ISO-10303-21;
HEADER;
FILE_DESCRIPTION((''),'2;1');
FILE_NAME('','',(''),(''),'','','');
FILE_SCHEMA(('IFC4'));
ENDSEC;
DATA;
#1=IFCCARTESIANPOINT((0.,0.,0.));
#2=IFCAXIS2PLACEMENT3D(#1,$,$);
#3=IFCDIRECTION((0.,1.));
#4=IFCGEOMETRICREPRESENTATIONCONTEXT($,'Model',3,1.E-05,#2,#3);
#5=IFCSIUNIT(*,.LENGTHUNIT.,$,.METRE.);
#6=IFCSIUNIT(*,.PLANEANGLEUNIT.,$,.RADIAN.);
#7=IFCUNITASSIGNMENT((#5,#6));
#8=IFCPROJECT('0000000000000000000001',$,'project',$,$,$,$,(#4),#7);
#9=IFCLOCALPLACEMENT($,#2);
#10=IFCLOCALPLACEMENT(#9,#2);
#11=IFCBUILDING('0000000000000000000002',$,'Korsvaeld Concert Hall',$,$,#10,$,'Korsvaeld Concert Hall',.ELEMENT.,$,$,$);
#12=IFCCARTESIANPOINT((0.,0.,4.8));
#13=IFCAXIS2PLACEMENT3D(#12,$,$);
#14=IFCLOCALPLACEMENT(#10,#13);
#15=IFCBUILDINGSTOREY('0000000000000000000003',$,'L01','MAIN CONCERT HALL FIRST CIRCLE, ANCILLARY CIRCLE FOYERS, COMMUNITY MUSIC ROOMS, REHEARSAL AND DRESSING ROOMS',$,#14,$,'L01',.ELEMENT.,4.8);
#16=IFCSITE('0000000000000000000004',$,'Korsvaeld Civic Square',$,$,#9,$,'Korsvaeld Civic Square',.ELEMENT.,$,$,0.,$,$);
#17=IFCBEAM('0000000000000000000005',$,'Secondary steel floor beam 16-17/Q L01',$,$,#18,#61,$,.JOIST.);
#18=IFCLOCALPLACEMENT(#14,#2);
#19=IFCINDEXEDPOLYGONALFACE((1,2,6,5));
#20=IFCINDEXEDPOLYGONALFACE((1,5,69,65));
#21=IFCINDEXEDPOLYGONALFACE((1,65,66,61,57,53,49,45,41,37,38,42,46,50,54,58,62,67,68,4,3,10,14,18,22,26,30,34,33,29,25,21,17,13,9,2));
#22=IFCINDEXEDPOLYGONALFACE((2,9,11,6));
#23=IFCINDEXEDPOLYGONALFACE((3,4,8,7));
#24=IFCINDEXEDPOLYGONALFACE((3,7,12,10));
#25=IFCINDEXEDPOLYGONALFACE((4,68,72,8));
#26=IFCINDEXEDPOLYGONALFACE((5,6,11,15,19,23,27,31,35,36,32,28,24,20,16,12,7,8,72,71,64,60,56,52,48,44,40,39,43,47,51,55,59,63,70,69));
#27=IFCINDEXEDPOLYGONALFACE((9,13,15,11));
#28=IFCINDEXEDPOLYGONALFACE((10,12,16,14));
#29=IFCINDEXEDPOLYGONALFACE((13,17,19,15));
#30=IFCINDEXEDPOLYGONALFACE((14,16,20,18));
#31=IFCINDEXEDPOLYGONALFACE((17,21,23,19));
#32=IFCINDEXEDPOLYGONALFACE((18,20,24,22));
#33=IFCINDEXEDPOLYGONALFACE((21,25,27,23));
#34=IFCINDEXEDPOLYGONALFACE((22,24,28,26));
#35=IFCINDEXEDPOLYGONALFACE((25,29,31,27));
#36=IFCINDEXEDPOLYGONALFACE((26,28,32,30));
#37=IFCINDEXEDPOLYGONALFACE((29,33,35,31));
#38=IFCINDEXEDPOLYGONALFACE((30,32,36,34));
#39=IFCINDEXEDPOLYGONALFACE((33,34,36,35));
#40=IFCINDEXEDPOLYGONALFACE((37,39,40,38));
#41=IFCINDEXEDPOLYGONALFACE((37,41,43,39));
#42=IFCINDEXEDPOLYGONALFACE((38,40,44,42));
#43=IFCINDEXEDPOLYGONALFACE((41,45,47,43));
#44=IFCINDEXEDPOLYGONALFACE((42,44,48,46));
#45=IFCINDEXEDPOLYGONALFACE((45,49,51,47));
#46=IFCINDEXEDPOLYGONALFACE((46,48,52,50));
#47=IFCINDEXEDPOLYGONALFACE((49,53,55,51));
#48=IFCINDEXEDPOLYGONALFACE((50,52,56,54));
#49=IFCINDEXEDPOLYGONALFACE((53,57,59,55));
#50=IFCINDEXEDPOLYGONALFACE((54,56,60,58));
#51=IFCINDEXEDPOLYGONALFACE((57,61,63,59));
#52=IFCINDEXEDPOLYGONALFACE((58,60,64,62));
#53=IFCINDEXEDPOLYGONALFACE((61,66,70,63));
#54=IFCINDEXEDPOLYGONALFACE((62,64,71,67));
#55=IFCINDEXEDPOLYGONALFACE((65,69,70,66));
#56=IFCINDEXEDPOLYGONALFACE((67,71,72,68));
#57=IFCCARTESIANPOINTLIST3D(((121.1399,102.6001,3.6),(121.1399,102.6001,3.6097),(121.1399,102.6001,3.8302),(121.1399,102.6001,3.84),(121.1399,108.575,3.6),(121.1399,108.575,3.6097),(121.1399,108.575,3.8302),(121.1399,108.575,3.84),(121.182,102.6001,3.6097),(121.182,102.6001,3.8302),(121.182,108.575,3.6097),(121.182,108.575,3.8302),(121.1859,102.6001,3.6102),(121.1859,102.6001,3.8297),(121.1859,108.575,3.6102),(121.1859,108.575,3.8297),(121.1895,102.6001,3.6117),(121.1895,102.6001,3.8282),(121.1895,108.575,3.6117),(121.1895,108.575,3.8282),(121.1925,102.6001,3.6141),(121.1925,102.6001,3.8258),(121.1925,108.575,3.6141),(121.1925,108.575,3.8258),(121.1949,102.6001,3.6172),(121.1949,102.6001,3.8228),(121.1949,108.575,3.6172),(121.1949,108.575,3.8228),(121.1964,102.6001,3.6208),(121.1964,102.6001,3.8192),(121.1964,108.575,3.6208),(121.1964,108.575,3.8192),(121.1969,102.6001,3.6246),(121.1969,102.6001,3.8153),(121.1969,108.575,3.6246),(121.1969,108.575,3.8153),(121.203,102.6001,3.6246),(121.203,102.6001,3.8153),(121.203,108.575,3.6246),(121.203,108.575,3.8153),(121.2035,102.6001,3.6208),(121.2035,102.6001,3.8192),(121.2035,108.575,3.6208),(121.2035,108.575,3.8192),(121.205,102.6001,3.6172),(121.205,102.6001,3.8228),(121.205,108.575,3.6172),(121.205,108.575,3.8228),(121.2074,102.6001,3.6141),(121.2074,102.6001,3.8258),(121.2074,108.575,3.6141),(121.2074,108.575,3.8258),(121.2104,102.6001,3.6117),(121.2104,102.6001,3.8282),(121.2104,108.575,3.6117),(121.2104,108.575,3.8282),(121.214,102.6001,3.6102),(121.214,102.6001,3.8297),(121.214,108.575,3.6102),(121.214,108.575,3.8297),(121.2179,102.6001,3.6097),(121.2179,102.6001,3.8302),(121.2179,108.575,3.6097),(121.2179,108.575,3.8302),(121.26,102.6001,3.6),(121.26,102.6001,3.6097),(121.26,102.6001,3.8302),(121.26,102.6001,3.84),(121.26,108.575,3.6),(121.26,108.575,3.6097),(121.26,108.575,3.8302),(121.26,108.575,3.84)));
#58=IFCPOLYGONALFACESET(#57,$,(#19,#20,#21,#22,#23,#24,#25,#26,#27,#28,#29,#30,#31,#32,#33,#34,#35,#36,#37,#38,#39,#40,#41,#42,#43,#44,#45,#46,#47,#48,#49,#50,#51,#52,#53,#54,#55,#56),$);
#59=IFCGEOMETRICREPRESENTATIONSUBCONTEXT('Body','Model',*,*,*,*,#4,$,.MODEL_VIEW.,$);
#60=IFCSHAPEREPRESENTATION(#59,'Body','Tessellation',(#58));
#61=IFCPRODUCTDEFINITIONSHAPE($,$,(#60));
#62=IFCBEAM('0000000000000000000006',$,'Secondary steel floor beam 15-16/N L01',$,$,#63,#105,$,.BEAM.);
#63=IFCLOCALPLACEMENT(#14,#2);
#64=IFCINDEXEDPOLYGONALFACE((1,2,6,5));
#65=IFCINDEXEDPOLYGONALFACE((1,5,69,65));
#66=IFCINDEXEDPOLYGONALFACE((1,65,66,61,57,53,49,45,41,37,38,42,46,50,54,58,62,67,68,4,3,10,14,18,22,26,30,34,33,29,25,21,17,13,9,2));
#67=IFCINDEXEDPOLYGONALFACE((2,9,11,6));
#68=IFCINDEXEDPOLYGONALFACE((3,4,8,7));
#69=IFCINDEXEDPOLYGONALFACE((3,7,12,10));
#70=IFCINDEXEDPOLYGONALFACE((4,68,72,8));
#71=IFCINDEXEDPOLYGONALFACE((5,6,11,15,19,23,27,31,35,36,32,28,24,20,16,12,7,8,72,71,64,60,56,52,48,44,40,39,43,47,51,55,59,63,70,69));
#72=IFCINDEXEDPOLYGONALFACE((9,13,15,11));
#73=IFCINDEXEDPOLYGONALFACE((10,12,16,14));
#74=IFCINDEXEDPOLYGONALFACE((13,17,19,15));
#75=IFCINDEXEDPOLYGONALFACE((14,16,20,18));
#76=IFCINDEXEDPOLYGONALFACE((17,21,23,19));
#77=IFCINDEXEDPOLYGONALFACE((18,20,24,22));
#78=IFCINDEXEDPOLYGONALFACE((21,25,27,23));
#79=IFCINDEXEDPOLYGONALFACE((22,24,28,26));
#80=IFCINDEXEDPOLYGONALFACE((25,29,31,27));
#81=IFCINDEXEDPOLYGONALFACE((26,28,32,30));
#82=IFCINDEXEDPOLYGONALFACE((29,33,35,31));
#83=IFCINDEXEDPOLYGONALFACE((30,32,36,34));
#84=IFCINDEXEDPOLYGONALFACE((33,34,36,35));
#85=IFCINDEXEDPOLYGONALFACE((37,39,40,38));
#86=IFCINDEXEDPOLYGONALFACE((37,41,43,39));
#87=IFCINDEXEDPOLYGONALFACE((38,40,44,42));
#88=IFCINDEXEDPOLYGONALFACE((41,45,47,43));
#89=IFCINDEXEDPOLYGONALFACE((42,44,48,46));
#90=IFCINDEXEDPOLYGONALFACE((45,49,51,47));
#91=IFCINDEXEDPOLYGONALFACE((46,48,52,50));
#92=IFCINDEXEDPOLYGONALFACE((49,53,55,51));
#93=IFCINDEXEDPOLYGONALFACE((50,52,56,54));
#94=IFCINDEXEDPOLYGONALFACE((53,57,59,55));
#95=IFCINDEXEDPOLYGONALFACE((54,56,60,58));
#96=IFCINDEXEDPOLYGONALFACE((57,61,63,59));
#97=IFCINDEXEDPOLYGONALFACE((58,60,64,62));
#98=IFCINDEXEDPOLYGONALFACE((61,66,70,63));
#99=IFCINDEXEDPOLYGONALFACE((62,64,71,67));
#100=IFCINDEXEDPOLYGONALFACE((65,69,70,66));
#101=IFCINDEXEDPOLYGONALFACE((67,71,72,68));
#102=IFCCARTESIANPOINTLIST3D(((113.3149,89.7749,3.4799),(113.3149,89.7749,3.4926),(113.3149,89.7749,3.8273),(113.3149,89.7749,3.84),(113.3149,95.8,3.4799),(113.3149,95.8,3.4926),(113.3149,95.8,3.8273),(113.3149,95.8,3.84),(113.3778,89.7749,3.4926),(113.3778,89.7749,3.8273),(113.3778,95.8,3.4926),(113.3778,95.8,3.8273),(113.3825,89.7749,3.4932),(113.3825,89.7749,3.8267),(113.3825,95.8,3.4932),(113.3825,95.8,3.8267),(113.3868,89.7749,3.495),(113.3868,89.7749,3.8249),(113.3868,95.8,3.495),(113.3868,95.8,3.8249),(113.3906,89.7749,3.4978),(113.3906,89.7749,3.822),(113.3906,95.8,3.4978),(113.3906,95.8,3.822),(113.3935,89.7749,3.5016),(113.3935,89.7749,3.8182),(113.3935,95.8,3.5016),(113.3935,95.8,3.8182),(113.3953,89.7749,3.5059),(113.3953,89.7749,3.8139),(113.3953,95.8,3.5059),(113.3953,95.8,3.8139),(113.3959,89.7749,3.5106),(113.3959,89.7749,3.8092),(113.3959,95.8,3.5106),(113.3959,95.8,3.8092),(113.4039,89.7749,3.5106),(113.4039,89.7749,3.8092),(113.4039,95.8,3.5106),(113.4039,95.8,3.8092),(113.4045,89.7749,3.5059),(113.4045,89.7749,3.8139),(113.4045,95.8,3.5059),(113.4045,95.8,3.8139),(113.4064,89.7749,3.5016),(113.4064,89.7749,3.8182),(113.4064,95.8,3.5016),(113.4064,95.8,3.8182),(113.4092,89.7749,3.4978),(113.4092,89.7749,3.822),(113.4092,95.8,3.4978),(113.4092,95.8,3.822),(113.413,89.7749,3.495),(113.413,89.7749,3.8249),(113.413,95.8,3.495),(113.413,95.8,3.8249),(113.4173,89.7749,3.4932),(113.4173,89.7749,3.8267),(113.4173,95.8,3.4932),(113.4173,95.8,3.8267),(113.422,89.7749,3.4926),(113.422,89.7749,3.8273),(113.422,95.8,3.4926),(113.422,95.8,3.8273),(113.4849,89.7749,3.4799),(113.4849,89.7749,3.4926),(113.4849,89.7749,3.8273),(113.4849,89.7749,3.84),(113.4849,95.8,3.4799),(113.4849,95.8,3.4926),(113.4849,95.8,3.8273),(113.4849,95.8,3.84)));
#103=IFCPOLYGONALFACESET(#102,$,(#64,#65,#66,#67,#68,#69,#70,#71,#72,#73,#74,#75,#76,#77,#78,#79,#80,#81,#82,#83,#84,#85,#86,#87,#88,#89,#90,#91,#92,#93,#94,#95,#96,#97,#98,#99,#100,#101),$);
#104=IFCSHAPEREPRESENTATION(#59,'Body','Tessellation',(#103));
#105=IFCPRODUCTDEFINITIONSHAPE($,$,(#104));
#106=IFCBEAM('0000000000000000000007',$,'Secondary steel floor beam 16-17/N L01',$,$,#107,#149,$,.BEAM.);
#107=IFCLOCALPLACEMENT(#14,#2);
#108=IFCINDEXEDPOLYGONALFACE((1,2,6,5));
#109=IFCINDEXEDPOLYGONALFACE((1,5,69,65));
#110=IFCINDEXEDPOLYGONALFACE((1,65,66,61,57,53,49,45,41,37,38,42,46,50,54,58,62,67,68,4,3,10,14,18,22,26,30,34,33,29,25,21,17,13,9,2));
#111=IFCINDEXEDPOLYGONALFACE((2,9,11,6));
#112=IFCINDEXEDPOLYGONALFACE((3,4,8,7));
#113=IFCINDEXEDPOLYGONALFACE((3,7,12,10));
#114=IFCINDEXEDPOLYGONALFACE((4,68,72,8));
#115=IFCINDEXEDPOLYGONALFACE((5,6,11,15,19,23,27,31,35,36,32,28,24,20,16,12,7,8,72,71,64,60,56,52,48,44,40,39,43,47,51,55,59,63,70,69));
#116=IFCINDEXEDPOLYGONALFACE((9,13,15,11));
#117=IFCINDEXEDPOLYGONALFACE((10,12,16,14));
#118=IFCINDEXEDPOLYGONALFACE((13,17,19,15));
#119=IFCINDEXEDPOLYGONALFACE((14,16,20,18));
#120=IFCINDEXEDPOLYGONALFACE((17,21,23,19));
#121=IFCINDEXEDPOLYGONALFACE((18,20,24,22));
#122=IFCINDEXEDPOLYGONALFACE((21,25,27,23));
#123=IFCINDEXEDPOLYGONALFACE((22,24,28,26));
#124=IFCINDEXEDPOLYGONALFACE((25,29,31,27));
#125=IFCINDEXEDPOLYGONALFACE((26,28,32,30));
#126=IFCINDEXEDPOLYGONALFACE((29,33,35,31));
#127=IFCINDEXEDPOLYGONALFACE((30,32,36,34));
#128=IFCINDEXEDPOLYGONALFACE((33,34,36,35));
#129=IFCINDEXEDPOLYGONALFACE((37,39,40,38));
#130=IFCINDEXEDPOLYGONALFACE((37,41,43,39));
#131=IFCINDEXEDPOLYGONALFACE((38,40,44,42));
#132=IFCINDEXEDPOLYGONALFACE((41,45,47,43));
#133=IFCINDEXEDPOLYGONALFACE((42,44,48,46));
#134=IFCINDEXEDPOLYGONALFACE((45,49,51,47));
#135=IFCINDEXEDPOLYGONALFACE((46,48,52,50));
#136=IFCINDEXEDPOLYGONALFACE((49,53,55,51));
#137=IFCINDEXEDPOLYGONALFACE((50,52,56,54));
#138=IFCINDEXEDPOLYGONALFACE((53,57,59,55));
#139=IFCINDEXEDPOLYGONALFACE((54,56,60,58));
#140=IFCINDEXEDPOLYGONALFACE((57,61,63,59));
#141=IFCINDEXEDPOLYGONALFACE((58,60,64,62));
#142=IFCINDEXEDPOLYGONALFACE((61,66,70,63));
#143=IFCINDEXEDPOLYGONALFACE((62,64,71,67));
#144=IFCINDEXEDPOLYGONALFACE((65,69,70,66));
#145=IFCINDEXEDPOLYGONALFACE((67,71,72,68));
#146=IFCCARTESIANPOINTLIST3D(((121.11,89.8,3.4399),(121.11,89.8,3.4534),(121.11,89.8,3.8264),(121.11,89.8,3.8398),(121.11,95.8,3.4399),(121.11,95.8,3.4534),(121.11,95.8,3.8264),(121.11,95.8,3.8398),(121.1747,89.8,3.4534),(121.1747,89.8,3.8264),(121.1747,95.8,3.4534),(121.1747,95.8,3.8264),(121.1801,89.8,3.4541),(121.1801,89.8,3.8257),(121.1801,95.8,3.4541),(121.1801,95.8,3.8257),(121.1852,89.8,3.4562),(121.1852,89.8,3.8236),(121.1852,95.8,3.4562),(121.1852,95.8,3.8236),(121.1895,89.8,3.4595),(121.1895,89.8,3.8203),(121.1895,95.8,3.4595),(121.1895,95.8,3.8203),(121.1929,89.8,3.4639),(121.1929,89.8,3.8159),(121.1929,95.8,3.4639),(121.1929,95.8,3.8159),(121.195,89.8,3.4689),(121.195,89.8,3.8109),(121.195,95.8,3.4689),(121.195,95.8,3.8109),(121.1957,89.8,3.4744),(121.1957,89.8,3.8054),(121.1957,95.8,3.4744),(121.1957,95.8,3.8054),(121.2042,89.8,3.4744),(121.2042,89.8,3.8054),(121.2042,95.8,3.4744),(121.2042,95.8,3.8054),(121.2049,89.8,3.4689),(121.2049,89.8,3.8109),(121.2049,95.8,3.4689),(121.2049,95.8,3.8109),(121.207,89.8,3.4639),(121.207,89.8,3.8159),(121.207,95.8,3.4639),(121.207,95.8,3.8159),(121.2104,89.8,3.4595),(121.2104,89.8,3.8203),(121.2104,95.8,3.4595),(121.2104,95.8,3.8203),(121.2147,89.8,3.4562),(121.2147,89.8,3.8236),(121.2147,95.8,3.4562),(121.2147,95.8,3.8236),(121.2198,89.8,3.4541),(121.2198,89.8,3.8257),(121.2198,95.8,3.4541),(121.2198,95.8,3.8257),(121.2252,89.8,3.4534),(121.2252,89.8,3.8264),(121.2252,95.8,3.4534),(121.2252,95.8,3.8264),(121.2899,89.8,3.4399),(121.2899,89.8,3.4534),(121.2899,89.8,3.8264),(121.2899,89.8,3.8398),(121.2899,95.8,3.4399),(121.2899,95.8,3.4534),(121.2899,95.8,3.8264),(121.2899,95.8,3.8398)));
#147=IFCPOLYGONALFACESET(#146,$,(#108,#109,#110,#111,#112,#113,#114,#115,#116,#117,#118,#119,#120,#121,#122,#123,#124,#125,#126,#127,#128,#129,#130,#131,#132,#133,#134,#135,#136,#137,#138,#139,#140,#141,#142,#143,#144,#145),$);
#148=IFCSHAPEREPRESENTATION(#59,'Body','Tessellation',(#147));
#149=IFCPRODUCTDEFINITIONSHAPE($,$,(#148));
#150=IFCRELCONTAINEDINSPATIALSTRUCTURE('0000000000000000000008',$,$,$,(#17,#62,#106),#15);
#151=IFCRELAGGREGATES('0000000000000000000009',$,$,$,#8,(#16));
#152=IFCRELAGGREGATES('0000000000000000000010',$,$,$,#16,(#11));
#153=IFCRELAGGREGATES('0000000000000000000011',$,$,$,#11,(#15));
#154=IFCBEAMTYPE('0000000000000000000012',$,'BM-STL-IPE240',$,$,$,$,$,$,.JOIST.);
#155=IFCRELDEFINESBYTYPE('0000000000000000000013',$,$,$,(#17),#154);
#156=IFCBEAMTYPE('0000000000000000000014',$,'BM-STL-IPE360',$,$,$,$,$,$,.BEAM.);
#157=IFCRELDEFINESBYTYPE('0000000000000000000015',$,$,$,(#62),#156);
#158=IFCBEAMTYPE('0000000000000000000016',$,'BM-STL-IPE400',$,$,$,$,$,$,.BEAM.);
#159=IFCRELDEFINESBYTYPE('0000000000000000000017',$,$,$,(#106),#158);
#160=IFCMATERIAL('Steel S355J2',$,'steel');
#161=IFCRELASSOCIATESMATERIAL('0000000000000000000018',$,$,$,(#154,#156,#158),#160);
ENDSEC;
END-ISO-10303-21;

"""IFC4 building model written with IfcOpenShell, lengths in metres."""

from ifc_helpers import new_model, si_unit, direction, frame, origin, origin_2d, place, context, subcontext, project, spatial, i_section, extrude, material, material_profile, profile_set, type_object, element, save


model = new_model("IFC4")

# Units and contexts
model_context = context("Model", 3, precision=1e-05, world=origin(), true_north=direction((0.0, 1.0)))
body_context = subcontext(model_context, "Body", "Model", "MODEL_VIEW")
ifc_project = project(units=[si_unit("LENGTHUNIT", "METRE"), si_unit("PLANEANGLEUNIT", "RADIAN")], contexts=[model_context])

# Site, building, storey
site_placement = place(None, origin())
site = spatial("IfcSite", under=ifc_project, at=site_placement, Name="Korsvaeld Civic Square", LongName="Korsvaeld Civic Square", CompositionType="ELEMENT", RefElevation=0.0)
building_placement = place(site_placement, origin())
building = spatial("IfcBuilding", under=site, at=building_placement, Name="Korsvaeld Concert Hall", LongName="Korsvaeld Concert Hall", CompositionType="ELEMENT")
storey_placement = place(building_placement, frame((0.0, 0.0, 4.8)))
storey = spatial("IfcBuildingStorey", under=building, at=storey_placement, Name="L01", Description="MAIN CONCERT HALL FIRST CIRCLE, ANCILLARY CIRCLE FOYERS, COMMUNITY MUSIC ROOMS, REHEARSAL AND DRESSING ROOMS", LongName="L01", CompositionType="ELEMENT", Elevation=4.8)

# Beams
ifc_material_1 = material(Name="Steel S355J2", Category="steel")
ifc_material_profile_1 = material_profile(ifc_material_1, i_section(OverallWidth=0.1201, OverallDepth=0.24, WebThickness=0.0061, FlangeThickness=0.0098, FilletRadius=0.0149, at=origin_2d()), Name="IPE 240")
ifc_profile_set_1 = profile_set([ifc_material_profile_1], Name="Steel S355J2")
beam_type_1 = type_object("IfcBeamType", Name="BM-STL-IPE240", PredefinedType="JOIST", material=ifc_profile_set_1)
beam_1_placement = place(storey_placement, frame((121.2, 102.6001, 3.72), z_axis=(0.0, 1.0, 0.0), x_axis=(-1.0, 0.0, 0.0)))
element("IfcBeam", 1, at=beam_1_placement, inside=storey, type_object=beam_type_1, Name="Secondary steel floor beam 16-17/Q L01", PredefinedType="JOIST", context=body_context, shape_type="SweptSolid", body=[
    extrude(i_section(OverallWidth=0.1201, OverallDepth=0.24, WebThickness=0.0061, FlangeThickness=0.0098, FilletRadius=0.0149, at=origin_2d()), origin(), (0.0, 0.0, 1.0), 5.9749),
])
ifc_material_profile_2 = material_profile(ifc_material_1, i_section(OverallWidth=0.1699, OverallDepth=0.3601, WebThickness=0.0081, FlangeThickness=0.0127, FilletRadius=0.0181, at=origin_2d()), Name="IPE 360")
ifc_profile_set_2 = profile_set([ifc_material_profile_2], Name="Steel S355J2")
beam_type_2 = type_object("IfcBeamType", Name="BM-STL-IPE360", PredefinedType="BEAM", material=ifc_profile_set_2)
beam_2_placement = place(storey_placement, frame((113.3999, 89.7749, 3.6599), z_axis=(0.0, 1.0, 0.0), x_axis=(-1.0, 0.0, 0.0)))
element("IfcBeam", 2, at=beam_2_placement, inside=storey, type_object=beam_type_2, Name="Secondary steel floor beam 15-16/N L01", PredefinedType="BEAM", context=body_context, shape_type="SweptSolid", body=[
    extrude(i_section(OverallWidth=0.1699, OverallDepth=0.3601, WebThickness=0.0081, FlangeThickness=0.0127, FilletRadius=0.0181, at=origin_2d()), origin(), (0.0, 0.0, 1.0), 6.0251),
])
ifc_material_profile_3 = material_profile(ifc_material_1, i_section(OverallWidth=0.1799, OverallDepth=0.3999, WebThickness=0.0085, FlangeThickness=0.0134, FilletRadius=0.021, at=origin_2d()), Name="IPE 400")
ifc_profile_set_3 = profile_set([ifc_material_profile_3], Name="Steel S355J2")
beam_type_3 = type_object("IfcBeamType", Name="BM-STL-IPE400", PredefinedType="BEAM", material=ifc_profile_set_3)
beam_3_placement = place(storey_placement, frame((121.2, 89.8, 3.6399), z_axis=(0.0, 1.0, 0.0), x_axis=(-1.0, 0.0, 0.0)))
element("IfcBeam", 3, at=beam_3_placement, inside=storey, type_object=beam_type_3, Name="Secondary steel floor beam 16-17/N L01", PredefinedType="BEAM", context=body_context, shape_type="SweptSolid", body=[
    extrude(i_section(OverallWidth=0.1799, OverallDepth=0.3999, WebThickness=0.0085, FlangeThickness=0.0134, FilletRadius=0.021, at=origin_2d()), origin(), (0.0, 0.0, 1.0), 6.0),
])

save(model, "model.ifc")
